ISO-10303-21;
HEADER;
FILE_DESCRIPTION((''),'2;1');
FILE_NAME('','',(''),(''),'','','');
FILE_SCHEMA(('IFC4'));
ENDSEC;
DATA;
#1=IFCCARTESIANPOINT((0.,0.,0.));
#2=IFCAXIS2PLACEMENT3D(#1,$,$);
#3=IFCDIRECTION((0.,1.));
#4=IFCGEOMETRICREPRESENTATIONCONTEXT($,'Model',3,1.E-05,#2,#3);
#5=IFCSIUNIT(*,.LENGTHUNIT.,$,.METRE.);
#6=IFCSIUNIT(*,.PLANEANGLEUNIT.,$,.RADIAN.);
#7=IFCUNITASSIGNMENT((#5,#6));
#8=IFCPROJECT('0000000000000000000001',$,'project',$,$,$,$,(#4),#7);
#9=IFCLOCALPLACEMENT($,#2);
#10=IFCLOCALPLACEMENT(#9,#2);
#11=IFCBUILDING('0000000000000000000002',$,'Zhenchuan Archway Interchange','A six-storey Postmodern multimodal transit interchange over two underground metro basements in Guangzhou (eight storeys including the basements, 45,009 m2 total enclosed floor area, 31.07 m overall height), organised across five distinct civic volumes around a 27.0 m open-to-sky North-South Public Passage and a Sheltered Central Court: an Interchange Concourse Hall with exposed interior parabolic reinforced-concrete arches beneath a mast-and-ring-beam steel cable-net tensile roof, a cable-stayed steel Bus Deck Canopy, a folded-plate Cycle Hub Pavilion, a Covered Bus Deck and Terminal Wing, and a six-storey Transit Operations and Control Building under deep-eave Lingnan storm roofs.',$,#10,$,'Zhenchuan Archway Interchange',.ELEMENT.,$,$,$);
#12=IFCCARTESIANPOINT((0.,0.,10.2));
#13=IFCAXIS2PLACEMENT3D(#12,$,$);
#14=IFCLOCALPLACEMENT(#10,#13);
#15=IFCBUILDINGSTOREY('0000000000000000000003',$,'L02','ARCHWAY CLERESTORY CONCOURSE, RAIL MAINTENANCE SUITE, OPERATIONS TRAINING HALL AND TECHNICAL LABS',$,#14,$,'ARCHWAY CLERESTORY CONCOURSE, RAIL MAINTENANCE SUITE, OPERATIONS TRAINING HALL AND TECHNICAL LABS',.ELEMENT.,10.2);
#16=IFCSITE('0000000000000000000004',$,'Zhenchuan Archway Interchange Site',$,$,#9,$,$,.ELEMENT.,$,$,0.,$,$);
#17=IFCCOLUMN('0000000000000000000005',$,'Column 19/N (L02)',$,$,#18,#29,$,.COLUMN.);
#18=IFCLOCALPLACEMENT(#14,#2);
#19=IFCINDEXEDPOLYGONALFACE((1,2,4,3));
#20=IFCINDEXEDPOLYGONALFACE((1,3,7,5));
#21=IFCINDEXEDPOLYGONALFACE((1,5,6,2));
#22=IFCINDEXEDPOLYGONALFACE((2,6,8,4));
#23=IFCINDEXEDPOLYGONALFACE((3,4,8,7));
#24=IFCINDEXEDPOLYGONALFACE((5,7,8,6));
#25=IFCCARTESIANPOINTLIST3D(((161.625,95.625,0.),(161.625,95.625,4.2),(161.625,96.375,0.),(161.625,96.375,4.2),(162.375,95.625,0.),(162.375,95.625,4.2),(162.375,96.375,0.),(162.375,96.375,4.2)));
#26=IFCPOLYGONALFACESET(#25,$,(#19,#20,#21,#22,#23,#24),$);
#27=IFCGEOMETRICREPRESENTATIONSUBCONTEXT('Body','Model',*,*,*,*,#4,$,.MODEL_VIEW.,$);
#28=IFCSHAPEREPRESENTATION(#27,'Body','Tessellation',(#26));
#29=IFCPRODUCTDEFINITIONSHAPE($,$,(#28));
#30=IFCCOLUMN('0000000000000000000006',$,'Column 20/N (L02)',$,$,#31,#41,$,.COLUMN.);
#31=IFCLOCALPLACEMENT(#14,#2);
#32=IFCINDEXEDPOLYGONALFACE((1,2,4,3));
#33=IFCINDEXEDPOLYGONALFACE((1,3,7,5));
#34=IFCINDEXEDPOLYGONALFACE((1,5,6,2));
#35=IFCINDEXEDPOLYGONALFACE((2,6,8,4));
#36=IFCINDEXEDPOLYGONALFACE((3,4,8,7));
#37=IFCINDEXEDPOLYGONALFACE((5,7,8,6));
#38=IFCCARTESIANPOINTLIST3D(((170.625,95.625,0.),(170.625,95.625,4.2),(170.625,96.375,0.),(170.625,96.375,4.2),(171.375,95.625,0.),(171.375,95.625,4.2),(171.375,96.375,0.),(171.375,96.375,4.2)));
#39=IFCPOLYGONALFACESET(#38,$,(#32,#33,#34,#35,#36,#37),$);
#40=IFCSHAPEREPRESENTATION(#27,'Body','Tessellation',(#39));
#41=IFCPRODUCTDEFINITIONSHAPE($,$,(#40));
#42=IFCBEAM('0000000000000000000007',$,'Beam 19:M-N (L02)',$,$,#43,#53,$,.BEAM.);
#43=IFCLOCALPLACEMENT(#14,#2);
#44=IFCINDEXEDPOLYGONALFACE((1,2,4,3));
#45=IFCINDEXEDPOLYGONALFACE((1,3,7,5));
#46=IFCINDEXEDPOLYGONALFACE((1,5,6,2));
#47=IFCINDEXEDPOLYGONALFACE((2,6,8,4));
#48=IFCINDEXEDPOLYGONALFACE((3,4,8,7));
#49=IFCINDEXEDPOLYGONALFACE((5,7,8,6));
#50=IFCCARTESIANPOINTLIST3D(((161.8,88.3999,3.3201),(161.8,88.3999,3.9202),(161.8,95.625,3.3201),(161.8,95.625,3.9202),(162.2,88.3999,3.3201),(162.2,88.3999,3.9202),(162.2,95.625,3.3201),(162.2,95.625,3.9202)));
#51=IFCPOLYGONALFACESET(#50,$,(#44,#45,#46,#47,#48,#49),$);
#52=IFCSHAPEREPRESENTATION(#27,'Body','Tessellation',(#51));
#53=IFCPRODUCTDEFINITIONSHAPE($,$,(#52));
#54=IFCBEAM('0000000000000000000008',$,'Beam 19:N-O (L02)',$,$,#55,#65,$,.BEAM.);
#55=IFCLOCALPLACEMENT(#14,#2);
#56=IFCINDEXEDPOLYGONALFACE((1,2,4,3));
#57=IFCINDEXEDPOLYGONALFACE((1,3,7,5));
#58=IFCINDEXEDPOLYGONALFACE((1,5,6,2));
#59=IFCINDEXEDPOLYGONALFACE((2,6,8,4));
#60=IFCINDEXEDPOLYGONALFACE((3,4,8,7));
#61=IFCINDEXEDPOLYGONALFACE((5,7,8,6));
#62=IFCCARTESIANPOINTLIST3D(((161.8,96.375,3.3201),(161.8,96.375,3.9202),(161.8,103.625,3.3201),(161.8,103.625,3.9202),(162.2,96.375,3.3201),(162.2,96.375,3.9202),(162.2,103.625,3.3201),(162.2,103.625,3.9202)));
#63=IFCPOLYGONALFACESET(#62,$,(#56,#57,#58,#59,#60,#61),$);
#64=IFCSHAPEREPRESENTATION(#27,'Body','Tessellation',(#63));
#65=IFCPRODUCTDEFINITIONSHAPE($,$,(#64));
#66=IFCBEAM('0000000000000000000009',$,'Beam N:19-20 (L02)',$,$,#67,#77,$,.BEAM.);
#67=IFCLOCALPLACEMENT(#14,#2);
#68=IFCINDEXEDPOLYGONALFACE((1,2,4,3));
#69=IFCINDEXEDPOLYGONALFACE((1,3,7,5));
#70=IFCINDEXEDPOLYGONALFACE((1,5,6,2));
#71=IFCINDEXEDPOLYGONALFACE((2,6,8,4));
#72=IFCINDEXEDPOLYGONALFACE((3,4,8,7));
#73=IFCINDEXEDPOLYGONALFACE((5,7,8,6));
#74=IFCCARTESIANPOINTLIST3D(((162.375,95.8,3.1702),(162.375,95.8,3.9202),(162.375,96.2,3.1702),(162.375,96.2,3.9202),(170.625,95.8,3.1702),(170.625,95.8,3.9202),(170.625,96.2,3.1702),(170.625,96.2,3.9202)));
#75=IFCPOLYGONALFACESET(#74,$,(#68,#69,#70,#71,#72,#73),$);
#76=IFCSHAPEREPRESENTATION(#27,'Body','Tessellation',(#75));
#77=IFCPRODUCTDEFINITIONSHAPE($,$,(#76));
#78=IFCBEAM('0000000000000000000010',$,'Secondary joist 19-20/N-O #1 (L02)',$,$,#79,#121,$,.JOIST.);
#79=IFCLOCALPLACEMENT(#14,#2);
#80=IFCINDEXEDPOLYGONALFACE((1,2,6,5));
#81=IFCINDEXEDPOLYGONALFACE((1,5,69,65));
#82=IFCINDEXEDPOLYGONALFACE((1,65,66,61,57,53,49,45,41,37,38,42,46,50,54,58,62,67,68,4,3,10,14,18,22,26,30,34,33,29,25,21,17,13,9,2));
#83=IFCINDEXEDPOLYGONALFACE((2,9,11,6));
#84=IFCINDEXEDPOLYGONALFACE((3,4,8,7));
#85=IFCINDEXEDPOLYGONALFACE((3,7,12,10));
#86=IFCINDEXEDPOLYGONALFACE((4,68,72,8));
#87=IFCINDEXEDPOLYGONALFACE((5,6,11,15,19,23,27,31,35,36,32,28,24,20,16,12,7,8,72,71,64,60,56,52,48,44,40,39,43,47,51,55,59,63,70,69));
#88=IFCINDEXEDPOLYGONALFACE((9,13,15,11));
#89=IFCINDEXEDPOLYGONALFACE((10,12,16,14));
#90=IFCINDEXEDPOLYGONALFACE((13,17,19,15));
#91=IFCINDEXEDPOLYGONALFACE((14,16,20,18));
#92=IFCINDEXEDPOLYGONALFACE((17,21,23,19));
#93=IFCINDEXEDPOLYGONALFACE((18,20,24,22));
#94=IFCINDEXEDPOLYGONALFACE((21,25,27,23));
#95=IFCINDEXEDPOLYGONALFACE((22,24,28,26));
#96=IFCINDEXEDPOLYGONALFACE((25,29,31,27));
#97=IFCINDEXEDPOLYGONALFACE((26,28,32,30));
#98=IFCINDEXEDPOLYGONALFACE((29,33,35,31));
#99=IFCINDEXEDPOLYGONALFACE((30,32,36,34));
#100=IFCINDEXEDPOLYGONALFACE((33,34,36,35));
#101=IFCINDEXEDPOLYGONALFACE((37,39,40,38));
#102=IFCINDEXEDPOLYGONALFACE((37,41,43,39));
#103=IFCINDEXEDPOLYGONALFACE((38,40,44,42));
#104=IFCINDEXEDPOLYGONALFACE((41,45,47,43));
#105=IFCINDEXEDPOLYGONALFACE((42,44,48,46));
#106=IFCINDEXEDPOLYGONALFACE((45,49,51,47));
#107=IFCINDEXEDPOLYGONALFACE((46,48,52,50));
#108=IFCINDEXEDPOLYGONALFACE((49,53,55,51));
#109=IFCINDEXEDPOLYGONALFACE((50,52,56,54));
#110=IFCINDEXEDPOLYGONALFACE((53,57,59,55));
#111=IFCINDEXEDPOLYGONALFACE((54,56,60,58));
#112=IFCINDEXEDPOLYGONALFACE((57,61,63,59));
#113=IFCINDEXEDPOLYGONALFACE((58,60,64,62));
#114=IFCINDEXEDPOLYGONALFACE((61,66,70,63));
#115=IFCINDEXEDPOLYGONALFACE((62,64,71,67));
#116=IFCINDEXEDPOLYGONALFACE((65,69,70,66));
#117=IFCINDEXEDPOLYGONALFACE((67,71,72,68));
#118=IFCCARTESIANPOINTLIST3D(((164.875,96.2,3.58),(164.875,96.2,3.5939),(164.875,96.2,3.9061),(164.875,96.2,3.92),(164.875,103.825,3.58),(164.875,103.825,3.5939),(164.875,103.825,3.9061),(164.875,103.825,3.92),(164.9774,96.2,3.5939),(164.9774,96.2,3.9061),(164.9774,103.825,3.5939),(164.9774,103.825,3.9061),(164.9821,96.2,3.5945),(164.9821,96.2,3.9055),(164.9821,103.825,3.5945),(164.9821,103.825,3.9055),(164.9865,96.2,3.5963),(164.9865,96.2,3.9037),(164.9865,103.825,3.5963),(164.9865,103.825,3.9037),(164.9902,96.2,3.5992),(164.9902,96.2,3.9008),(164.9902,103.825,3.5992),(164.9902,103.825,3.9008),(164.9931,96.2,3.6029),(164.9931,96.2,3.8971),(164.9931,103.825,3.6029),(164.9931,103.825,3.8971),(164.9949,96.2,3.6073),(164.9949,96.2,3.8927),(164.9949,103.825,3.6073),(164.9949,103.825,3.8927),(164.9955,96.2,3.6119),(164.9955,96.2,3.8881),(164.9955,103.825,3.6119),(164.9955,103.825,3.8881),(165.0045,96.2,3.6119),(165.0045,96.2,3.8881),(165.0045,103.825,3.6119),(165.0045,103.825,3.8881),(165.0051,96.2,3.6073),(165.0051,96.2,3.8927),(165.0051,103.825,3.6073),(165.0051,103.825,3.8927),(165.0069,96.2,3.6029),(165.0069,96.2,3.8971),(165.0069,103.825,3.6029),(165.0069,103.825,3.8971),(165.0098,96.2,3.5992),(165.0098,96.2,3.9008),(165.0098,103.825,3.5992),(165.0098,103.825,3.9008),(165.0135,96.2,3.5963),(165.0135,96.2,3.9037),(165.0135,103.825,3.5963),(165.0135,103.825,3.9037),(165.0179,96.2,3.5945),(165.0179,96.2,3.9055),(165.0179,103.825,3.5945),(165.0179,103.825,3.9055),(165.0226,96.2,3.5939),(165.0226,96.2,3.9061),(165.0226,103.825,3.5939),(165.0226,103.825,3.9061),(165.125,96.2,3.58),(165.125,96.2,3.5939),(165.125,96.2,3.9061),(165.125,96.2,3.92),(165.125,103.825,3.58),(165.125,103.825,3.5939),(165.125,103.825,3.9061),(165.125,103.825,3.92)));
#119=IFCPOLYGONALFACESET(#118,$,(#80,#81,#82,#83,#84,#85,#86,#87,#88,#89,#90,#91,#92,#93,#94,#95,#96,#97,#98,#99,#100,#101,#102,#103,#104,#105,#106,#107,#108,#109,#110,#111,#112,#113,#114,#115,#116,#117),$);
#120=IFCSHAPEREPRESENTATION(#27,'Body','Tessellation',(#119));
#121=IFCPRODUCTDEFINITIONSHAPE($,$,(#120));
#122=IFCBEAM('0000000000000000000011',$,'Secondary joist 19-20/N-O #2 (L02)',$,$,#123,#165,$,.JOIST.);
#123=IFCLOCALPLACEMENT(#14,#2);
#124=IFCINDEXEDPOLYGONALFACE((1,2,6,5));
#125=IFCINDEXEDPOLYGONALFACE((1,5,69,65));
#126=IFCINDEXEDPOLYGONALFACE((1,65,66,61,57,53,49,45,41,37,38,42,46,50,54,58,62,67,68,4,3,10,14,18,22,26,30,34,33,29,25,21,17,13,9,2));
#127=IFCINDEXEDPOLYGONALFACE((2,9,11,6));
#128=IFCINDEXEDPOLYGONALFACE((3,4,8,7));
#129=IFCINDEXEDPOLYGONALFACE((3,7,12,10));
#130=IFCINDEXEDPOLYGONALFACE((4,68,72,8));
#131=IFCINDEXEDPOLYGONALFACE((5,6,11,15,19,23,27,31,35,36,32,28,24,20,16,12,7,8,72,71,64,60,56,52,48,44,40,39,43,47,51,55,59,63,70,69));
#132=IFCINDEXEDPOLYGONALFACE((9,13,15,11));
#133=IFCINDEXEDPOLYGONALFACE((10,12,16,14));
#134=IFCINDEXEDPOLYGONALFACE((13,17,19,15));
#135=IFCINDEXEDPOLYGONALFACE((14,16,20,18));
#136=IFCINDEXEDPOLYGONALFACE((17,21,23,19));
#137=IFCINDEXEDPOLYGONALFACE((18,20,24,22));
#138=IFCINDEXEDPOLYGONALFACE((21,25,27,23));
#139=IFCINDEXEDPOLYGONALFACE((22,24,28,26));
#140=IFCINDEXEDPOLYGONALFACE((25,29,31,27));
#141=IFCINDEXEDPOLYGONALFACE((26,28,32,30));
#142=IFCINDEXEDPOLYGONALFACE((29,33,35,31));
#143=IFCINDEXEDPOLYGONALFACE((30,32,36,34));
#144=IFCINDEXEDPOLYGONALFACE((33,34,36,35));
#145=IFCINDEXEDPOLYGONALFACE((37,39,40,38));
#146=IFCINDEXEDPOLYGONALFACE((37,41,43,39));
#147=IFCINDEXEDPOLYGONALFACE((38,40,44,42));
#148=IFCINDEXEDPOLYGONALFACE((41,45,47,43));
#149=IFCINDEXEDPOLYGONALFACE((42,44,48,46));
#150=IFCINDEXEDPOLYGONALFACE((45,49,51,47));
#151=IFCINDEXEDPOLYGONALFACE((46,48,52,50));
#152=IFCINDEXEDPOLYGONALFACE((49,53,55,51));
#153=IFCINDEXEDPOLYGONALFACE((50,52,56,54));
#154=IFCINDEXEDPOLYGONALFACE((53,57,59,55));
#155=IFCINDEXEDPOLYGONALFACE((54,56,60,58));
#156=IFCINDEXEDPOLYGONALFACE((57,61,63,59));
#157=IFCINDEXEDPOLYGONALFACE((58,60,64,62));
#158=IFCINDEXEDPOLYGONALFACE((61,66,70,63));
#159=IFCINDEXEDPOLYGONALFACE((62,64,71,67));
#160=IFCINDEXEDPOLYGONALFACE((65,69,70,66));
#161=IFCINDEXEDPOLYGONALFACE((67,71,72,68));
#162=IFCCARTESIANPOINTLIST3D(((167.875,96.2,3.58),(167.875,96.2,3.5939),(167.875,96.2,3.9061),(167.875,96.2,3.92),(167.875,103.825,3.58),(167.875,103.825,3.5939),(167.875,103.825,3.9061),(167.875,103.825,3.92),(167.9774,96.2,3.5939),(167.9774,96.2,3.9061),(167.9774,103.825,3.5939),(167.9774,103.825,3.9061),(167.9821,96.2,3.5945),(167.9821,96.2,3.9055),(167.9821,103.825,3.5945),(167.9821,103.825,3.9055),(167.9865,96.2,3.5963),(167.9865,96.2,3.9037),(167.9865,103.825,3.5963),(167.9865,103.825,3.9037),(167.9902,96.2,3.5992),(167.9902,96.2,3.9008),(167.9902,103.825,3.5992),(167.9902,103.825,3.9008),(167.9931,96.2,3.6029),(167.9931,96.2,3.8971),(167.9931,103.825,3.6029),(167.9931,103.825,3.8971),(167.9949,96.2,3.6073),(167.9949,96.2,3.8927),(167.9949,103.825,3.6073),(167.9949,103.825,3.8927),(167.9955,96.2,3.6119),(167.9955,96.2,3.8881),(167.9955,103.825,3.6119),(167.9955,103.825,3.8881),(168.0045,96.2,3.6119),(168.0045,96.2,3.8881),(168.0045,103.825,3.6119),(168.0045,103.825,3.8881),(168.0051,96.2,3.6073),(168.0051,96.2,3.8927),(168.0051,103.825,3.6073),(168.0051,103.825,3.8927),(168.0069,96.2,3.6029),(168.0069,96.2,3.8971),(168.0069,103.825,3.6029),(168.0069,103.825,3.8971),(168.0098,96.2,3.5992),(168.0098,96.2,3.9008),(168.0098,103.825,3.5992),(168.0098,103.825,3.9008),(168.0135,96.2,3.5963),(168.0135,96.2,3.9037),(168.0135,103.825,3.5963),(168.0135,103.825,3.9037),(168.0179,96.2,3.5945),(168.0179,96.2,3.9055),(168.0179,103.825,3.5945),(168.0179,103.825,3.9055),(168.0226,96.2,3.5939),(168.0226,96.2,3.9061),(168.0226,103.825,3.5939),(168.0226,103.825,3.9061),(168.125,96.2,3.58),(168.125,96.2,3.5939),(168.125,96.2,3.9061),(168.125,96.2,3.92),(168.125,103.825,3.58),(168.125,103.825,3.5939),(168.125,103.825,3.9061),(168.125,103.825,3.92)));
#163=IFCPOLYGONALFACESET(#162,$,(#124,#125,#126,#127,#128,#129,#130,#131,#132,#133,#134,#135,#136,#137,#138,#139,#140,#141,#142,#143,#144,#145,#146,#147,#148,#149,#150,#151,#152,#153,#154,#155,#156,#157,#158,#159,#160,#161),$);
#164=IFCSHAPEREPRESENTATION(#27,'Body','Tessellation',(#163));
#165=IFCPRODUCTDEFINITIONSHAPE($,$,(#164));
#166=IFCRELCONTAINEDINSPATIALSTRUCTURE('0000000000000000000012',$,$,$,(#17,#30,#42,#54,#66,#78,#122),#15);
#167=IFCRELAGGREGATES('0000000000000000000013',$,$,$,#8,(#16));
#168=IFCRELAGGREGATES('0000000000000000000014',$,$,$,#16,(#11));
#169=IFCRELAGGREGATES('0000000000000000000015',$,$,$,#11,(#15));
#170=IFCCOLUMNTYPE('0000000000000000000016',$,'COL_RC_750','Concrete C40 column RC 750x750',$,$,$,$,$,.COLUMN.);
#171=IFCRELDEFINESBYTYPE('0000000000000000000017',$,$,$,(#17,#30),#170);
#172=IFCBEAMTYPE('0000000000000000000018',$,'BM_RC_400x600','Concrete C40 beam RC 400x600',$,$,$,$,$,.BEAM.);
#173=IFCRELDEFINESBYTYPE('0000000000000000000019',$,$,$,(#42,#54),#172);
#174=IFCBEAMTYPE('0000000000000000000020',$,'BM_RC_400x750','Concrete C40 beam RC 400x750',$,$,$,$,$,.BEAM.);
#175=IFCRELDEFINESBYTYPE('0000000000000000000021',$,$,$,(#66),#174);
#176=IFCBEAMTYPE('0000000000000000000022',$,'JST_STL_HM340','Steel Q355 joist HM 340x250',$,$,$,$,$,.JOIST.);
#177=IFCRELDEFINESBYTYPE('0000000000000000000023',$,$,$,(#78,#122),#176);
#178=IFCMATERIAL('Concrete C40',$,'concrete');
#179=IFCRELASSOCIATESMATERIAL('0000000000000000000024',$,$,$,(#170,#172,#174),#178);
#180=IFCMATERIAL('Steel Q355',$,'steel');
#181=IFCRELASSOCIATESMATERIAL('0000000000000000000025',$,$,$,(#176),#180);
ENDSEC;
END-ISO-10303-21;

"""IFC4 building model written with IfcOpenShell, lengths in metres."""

from ifc_helpers import new_model, si_unit, direction, frame, origin, origin_2d, place, context, subcontext, project, spatial, rectangle, i_section, extrude, material, material_profile, profile_set, type_object, element, save


model = new_model("IFC4")

# Units and contexts
model_context = context("Model", 3, precision=1e-05, world=origin(), true_north=direction((0.0, 1.0)))
body_context = subcontext(model_context, "Body", "Model", "MODEL_VIEW")
ifc_project = project(units=[si_unit("LENGTHUNIT", "METRE"), si_unit("PLANEANGLEUNIT", "RADIAN")], contexts=[model_context])

# Site, building, storey
site_placement = place(None, origin())
site = spatial("IfcSite", under=ifc_project, at=site_placement, Name="Zhenchuan Archway Interchange Site", CompositionType="ELEMENT", RefElevation=0.0)
building_placement = place(site_placement, origin())
building = spatial("IfcBuilding", under=site, at=building_placement, Name="Zhenchuan Archway Interchange", Description="A six-storey Postmodern multimodal transit interchange over two underground metro basements in Guangzhou (eight storeys including the basements, 45,009 m2 total enclosed floor area, 31.07 m overall height), organised across five distinct civic volumes around a 27.0 m open-to-sky North-South Public Passage and a Sheltered Central Court: an Interchange Concourse Hall with exposed interior parabolic reinforced-concrete arches beneath a mast-and-ring-beam steel cable-net tensile roof, a cable-stayed steel Bus Deck Canopy, a folded-plate Cycle Hub Pavilion, a Covered Bus Deck and Terminal Wing, and a six-storey Transit Operations and Control Building under deep-eave Lingnan storm roofs.", LongName="Zhenchuan Archway Interchange", CompositionType="ELEMENT")
storey_placement = place(building_placement, frame((0.0, 0.0, 10.2)))
storey = spatial("IfcBuildingStorey", under=building, at=storey_placement, Name="L02", Description="ARCHWAY CLERESTORY CONCOURSE, RAIL MAINTENANCE SUITE, OPERATIONS TRAINING HALL AND TECHNICAL LABS", LongName="ARCHWAY CLERESTORY CONCOURSE, RAIL MAINTENANCE SUITE, OPERATIONS TRAINING HALL AND TECHNICAL LABS", CompositionType="ELEMENT", Elevation=10.2)

# Columns
ifc_material_1 = material(Name="Concrete C40", Category="concrete")
ifc_material_profile_1 = material_profile(ifc_material_1, rectangle(XDim=0.75, YDim=0.75, at=origin_2d()), Name="RC 750x750")
ifc_profile_set_1 = profile_set([ifc_material_profile_1], Name="Concrete C40")
column_type = type_object("IfcColumnType", Name="COL_RC_750", Description="Concrete C40 column RC 750x750", PredefinedType="COLUMN", material=ifc_profile_set_1)
for number, where, z_axis, x_axis, name in (
    (1, (162.0, 96.0, 0.0), (0.0, 0.0, 1.0), (1.0, 0.0, 0.0), "Column 19/N (L02)"),
    (2, (171.0, 96.0, 0.0), (0.0, 0.0, 1.0), (1.0, 0.0, 0.0), "Column 20/N (L02)"),
):
    element("IfcColumn", number, at=place(storey_placement, frame(where, z_axis=z_axis, x_axis=x_axis)), inside=storey, type_object=column_type, Name=name, PredefinedType="COLUMN", context=body_context, shape_type="SweptSolid", body=[
        extrude(rectangle(XDim=0.75, YDim=0.75, at=origin_2d()), origin(), (0.0, 0.0, 1.0), 4.2),
    ])

# Beams
ifc_material_profile_2 = material_profile(ifc_material_1, rectangle(XDim=0.3999, YDim=0.6001, at=origin_2d()), Name="RC 400x600")
ifc_profile_set_2 = profile_set([ifc_material_profile_2], Name="Concrete C40")
beam_type_1 = type_object("IfcBeamType", Name="BM_RC_400x600", Description="Concrete C40 beam RC 400x600", PredefinedType="BEAM", material=ifc_profile_set_2)
beam_1_placement = place(storey_placement, frame((162.0, 88.3999, 3.6201), z_axis=(0.0, 1.0, 0.0), x_axis=(-1.0, 0.0, 0.0)))
element("IfcBeam", 3, at=beam_1_placement, inside=storey, type_object=beam_type_1, Name="Beam 19:M-N (L02)", PredefinedType="BEAM", context=body_context, shape_type="SweptSolid", body=[
    extrude(rectangle(XDim=0.3999, YDim=0.6001, at=origin_2d()), origin(), (0.0, 0.0, 1.0), 7.2251),
])
beam_2_placement = place(storey_placement, frame((162.0, 96.375, 3.6201), z_axis=(0.0, 1.0, 0.0), x_axis=(-1.0, 0.0, 0.0)))
element("IfcBeam", 4, at=beam_2_placement, inside=storey, type_object=beam_type_1, Name="Beam 19:N-O (L02)", PredefinedType="BEAM", context=body_context, shape_type="SweptSolid", body=[
    extrude(rectangle(XDim=0.3999, YDim=0.6001, at=origin_2d()), origin(), (0.0, 0.0, 1.0), 7.25),
])
ifc_material_profile_3 = material_profile(ifc_material_1, rectangle(XDim=0.3999, YDim=0.75, at=origin_2d()), Name="RC 400x750")
ifc_profile_set_3 = profile_set([ifc_material_profile_3], Name="Concrete C40")
beam_type_2 = type_object("IfcBeamType", Name="BM_RC_400x750", Description="Concrete C40 beam RC 400x750", PredefinedType="BEAM", material=ifc_profile_set_3)
beam_3_placement = place(storey_placement, frame((162.375, 96.0, 3.5452), z_axis=(1.0, 0.0, 0.0), x_axis=(0.0, 1.0, 0.0)))
element("IfcBeam", 5, at=beam_3_placement, inside=storey, type_object=beam_type_2, Name="Beam N:19-20 (L02)", PredefinedType="BEAM", context=body_context, shape_type="SweptSolid", body=[
    extrude(rectangle(XDim=0.3999, YDim=0.75, at=origin_2d()), origin(), (0.0, 0.0, 1.0), 8.25),
])
ifc_material_2 = material(Name="Steel Q355", Category="steel")
ifc_material_profile_4 = material_profile(ifc_material_2, i_section(OverallWidth=0.25, OverallDepth=0.3401, WebThickness=0.009, FlangeThickness=0.0139, FilletRadius=0.0181, at=origin_2d()), Name="HM 340x250")
ifc_profile_set_4 = profile_set([ifc_material_profile_4], Name="Steel Q355")
beam_type_3 = type_object("IfcBeamType", Name="JST_STL_HM340", Description="Steel Q355 joist HM 340x250", PredefinedType="JOIST", material=ifc_profile_set_4)
for number, where, z_axis, x_axis, name in (
    (6, (165.0, 96.2, 3.75), (0.0, 1.0, 0.0), (-1.0, 0.0, 0.0), "Secondary joist 19-20/N-O #1 (L02)"),
    (7, (168.0, 96.2, 3.75), (0.0, 1.0, 0.0), (-1.0, 0.0, 0.0), "Secondary joist 19-20/N-O #2 (L02)"),
):
    element("IfcBeam", number, at=place(storey_placement, frame(where, z_axis=z_axis, x_axis=x_axis)), inside=storey, type_object=beam_type_3, Name=name, PredefinedType="JOIST", context=body_context, shape_type="SweptSolid", body=[
        extrude(i_section(OverallWidth=0.25, OverallDepth=0.3401, WebThickness=0.009, FlangeThickness=0.0139, FilletRadius=0.0181, at=origin_2d()), origin(), (0.0, 0.0, 1.0), 7.625),
    ])

save(model, "model.ifc")
